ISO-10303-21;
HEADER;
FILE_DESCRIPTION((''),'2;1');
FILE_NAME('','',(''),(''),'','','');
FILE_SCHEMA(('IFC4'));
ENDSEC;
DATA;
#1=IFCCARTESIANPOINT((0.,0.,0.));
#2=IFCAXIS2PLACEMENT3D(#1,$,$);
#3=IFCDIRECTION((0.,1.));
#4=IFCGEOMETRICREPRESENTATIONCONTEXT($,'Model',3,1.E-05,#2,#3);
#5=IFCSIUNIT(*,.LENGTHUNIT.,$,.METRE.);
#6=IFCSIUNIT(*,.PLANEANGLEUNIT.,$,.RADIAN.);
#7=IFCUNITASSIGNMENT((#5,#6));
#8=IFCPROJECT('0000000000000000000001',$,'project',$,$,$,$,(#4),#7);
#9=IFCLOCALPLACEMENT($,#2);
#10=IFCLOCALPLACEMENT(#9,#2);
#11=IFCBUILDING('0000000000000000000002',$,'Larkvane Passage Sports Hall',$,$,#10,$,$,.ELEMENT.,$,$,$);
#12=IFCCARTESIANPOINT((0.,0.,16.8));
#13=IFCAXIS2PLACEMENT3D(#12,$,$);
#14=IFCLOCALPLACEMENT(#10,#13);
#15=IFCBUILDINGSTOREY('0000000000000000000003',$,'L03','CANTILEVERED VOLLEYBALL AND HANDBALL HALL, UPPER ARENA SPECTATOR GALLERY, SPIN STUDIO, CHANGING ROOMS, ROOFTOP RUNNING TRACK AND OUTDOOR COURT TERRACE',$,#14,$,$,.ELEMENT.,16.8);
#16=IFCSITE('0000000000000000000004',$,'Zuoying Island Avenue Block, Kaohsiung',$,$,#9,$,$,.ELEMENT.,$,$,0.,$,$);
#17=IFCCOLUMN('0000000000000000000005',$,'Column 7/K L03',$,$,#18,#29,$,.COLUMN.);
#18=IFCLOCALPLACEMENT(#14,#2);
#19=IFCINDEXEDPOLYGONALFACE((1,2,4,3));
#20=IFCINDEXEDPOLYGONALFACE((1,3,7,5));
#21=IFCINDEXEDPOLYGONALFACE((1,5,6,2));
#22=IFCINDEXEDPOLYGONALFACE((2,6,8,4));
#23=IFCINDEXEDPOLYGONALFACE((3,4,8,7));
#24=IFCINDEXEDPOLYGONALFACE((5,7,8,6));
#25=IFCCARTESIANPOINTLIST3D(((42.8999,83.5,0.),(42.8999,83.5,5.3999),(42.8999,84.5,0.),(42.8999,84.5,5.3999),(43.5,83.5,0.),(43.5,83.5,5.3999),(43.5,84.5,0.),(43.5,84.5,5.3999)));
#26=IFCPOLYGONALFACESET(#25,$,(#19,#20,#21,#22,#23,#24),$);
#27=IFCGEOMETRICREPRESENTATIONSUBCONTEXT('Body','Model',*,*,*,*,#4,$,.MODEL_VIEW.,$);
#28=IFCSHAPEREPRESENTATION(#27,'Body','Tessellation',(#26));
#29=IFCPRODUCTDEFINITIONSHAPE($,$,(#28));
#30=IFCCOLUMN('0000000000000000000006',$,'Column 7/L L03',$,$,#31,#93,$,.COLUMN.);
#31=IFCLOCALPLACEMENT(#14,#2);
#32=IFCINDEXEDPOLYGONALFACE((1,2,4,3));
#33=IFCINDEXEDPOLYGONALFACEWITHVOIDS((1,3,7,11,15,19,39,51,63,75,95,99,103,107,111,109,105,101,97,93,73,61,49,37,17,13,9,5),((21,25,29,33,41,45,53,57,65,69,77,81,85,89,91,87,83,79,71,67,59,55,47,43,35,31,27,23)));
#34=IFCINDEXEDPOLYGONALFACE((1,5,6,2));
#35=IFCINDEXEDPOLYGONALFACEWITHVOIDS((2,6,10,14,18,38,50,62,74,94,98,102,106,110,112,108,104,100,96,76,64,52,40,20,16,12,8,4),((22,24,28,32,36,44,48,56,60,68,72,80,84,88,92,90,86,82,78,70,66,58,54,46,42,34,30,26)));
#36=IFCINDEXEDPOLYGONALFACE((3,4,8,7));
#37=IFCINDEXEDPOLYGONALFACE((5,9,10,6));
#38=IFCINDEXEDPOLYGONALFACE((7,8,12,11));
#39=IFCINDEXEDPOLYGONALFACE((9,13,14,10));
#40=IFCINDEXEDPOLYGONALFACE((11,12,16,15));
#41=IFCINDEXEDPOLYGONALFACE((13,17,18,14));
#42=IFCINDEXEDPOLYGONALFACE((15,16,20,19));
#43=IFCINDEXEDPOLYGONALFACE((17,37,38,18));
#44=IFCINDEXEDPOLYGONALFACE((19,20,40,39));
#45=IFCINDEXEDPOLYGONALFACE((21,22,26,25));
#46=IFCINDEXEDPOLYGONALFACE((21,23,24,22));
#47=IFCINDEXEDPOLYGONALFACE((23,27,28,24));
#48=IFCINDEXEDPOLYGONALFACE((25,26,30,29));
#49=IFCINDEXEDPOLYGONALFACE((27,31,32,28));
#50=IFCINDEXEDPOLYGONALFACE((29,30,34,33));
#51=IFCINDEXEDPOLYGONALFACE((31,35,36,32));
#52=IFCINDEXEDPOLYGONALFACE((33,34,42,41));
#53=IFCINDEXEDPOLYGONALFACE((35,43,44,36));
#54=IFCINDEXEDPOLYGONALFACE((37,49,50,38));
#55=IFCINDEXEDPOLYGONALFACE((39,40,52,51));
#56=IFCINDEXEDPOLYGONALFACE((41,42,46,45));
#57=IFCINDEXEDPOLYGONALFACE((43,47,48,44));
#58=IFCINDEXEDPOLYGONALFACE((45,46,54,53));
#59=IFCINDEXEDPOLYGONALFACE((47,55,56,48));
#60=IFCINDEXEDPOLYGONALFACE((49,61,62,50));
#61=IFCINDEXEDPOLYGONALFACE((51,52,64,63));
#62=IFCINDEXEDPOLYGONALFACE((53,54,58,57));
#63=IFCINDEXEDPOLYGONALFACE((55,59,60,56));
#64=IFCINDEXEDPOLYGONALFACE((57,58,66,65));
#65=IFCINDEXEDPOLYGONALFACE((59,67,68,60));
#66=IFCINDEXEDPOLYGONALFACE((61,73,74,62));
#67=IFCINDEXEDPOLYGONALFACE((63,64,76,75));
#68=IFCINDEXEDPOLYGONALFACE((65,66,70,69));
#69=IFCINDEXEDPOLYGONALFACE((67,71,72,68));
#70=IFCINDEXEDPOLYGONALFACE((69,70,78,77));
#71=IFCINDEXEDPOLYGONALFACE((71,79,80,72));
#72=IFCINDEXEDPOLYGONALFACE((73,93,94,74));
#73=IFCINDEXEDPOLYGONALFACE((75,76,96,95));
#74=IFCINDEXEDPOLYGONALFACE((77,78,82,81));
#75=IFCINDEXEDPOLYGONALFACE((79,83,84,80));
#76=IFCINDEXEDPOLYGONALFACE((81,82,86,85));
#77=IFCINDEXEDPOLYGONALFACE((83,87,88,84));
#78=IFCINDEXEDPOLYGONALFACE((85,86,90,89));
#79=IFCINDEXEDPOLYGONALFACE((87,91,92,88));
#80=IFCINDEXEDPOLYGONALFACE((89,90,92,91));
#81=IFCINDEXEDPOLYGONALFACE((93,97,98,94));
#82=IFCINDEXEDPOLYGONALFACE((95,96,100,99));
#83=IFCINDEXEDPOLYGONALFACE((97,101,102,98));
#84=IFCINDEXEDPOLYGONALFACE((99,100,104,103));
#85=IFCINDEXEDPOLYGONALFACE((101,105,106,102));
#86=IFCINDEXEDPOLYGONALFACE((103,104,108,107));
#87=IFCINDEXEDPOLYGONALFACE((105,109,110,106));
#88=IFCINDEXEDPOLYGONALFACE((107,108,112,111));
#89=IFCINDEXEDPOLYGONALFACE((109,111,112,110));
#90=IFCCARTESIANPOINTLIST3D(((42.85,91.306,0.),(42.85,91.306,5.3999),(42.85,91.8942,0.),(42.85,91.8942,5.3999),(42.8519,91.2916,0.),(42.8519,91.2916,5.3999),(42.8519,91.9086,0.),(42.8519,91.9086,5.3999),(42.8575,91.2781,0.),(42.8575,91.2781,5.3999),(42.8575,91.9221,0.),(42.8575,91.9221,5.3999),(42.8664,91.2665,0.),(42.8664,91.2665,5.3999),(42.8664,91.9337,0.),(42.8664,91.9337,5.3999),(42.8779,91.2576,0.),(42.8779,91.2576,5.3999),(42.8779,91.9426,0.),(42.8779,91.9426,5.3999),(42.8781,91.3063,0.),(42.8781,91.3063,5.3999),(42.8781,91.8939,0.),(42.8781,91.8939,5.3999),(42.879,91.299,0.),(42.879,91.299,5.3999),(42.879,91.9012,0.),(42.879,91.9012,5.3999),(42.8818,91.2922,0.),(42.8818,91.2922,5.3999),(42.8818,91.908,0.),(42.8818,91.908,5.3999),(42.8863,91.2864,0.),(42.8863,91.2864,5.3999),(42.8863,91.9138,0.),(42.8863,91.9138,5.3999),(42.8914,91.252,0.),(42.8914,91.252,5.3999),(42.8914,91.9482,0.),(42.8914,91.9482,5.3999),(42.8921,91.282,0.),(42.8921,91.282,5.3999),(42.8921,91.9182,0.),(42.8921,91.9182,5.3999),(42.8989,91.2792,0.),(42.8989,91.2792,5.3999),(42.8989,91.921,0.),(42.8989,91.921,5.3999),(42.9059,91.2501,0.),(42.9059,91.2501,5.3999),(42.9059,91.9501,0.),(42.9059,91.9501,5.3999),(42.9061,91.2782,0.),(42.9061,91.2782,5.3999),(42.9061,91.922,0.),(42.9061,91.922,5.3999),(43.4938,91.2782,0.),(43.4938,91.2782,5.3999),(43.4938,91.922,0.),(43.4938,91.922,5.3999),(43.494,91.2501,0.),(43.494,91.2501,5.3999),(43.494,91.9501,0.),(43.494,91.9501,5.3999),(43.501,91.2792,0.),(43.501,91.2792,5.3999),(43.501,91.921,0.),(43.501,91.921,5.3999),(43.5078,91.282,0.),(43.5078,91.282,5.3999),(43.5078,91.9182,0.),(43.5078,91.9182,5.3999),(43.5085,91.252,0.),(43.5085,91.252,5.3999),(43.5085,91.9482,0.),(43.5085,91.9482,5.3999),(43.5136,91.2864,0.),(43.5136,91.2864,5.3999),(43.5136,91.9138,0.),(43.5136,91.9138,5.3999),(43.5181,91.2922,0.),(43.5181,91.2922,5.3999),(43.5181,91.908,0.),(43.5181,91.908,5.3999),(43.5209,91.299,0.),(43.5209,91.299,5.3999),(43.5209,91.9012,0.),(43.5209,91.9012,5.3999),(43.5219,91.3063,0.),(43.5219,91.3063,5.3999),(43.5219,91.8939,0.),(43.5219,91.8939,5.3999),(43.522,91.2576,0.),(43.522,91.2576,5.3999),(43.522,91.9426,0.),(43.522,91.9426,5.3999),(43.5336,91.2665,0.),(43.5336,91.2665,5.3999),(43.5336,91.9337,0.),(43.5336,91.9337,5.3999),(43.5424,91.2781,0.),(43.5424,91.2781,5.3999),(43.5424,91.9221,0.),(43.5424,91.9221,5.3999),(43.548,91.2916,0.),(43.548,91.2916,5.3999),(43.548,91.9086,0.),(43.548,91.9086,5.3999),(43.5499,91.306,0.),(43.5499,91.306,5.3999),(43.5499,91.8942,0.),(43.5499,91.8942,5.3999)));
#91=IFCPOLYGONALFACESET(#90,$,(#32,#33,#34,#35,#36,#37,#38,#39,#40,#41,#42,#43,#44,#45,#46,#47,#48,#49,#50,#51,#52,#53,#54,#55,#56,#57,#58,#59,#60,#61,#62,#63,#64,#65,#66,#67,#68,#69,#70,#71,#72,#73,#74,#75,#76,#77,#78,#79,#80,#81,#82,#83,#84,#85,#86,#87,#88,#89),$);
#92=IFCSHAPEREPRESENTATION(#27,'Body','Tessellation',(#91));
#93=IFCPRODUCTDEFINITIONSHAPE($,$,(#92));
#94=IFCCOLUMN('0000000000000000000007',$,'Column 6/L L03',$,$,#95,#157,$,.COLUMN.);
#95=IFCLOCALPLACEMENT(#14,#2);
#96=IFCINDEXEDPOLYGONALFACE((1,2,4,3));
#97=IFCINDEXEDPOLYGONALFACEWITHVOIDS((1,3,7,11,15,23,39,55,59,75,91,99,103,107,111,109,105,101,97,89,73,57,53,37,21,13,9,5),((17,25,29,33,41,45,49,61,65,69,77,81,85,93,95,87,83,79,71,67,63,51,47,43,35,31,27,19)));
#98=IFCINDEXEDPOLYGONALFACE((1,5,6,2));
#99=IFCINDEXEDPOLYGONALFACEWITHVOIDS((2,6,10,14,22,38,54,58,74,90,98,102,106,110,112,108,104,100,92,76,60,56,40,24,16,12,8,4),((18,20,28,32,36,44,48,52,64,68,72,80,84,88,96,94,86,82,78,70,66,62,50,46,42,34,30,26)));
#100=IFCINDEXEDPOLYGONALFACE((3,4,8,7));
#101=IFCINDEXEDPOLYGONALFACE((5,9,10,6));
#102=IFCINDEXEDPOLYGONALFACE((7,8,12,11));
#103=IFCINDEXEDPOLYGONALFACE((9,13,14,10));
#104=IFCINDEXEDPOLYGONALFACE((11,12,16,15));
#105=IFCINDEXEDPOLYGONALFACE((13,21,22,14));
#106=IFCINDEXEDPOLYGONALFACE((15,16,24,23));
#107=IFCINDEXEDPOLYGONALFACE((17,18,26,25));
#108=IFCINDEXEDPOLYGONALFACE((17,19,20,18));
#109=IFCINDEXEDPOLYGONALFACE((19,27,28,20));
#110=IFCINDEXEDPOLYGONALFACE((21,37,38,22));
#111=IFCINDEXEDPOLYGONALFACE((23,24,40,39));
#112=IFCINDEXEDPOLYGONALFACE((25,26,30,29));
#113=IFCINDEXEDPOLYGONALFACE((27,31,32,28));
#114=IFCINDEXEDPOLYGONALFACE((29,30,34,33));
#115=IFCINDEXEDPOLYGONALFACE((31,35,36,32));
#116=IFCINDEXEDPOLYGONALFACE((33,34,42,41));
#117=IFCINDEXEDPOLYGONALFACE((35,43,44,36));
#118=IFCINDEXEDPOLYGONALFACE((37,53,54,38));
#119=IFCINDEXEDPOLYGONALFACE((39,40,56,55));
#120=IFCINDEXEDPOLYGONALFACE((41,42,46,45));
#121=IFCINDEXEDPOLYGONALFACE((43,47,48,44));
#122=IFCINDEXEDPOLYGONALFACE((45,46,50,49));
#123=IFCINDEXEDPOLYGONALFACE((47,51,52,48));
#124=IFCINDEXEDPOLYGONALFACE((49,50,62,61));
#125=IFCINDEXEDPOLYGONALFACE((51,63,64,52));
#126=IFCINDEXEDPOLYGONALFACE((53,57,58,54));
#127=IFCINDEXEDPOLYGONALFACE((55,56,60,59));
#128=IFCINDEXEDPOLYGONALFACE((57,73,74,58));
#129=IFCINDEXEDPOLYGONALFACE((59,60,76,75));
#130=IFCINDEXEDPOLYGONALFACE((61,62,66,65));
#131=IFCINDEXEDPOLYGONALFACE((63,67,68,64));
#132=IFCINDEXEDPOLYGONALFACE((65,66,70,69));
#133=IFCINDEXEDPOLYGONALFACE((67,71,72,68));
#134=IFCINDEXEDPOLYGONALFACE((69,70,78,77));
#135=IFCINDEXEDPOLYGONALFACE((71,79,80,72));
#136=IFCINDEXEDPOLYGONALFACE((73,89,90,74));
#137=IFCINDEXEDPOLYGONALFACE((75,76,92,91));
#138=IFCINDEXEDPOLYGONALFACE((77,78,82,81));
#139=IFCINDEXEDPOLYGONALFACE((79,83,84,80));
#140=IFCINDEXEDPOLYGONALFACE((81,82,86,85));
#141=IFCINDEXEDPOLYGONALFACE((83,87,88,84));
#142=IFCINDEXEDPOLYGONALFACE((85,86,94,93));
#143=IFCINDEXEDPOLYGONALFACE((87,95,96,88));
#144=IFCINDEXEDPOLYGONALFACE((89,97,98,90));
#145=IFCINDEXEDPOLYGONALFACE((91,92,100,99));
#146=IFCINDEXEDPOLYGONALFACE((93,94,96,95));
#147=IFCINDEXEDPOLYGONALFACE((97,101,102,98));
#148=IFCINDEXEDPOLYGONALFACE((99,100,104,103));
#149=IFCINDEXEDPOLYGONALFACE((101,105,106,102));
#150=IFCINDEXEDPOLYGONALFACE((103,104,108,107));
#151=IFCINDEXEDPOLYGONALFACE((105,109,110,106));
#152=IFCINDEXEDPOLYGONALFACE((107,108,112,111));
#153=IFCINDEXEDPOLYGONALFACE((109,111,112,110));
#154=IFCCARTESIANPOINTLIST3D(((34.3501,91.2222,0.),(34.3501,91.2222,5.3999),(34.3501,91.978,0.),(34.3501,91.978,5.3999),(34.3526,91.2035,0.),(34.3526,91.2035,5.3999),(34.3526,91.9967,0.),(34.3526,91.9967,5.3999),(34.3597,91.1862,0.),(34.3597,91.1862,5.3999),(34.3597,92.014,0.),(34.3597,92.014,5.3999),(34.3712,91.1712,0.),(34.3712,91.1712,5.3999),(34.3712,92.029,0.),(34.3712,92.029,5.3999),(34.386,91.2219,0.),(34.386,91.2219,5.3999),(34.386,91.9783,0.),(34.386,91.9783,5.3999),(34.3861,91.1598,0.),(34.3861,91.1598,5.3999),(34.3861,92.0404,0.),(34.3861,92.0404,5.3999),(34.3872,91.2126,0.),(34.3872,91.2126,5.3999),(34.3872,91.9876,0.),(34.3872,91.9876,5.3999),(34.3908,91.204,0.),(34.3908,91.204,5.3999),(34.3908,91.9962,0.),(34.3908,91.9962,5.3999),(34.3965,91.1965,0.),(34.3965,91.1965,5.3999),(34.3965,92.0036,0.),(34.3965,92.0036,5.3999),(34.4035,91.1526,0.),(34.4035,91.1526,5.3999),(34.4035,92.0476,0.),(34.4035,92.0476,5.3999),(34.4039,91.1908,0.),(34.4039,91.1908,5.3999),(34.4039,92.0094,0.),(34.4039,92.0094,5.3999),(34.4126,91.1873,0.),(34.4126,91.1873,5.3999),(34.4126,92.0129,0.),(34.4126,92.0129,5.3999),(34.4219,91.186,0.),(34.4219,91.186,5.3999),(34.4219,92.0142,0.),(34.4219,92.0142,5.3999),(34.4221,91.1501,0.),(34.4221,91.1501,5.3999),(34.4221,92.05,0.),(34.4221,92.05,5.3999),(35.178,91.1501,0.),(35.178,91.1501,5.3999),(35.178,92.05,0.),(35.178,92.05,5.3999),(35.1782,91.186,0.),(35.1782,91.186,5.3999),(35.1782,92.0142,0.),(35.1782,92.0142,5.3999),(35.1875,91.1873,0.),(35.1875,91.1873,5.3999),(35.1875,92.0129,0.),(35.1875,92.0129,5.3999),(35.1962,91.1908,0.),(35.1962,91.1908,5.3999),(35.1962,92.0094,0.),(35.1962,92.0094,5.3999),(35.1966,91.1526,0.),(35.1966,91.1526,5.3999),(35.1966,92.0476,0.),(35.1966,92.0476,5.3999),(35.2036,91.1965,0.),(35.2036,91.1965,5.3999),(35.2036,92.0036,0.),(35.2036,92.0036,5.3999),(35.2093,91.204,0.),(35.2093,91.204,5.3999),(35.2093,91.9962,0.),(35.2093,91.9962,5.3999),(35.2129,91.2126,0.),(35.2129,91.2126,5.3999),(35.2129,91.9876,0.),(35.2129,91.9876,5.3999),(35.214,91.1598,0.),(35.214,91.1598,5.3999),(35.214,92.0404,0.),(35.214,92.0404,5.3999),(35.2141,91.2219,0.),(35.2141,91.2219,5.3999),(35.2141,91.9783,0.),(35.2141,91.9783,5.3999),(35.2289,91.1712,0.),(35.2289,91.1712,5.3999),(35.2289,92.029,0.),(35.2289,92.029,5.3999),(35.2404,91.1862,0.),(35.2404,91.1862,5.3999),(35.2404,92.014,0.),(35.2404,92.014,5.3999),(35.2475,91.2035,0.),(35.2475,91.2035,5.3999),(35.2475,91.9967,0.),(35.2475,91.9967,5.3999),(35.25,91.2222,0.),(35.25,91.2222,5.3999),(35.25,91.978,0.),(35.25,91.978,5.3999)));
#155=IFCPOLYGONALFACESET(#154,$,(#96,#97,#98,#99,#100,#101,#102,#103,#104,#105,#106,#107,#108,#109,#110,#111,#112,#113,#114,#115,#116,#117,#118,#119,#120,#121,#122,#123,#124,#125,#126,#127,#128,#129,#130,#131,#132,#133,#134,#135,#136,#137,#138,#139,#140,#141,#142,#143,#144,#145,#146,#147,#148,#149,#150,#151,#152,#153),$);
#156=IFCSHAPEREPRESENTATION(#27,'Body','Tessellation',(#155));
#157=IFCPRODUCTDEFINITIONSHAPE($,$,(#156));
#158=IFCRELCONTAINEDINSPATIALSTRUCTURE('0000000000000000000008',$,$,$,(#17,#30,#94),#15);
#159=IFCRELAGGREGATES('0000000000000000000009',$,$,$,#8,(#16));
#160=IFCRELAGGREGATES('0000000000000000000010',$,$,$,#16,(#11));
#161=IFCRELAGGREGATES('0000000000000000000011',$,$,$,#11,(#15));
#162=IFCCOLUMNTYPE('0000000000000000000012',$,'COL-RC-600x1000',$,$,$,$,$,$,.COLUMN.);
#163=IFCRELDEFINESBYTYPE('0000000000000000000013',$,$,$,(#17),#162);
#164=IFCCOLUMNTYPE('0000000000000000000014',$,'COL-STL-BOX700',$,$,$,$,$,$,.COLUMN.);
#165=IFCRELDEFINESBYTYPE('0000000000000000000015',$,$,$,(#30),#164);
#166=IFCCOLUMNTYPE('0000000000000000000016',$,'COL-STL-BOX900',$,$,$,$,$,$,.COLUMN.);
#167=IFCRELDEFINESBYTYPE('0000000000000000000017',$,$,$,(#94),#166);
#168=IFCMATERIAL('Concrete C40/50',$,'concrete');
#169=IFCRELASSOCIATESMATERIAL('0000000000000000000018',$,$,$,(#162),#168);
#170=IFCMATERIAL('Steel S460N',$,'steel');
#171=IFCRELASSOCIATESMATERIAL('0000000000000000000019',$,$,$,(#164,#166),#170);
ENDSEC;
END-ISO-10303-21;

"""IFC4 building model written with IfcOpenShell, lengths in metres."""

from ifc_helpers import new_model, si_unit, direction, frame, origin, origin_2d, place, context, subcontext, project, spatial, rectangle, hollow_rectangle, extrude, material, material_profile, profile_set, type_object, element, save


model = new_model("IFC4")

# Units and contexts
model_context = context("Model", 3, precision=1e-05, world=origin(), true_north=direction((0.0, 1.0)))
body_context = subcontext(model_context, "Body", "Model", "MODEL_VIEW")
ifc_project = project(units=[si_unit("LENGTHUNIT", "METRE"), si_unit("PLANEANGLEUNIT", "RADIAN")], contexts=[model_context])

# Site, building, storey
site_placement = place(None, origin())
site = spatial("IfcSite", under=ifc_project, at=site_placement, Name="Zuoying Island Avenue Block, Kaohsiung", CompositionType="ELEMENT", RefElevation=0.0)
building_placement = place(site_placement, origin())
building = spatial("IfcBuilding", under=site, at=building_placement, Name="Larkvane Passage Sports Hall", CompositionType="ELEMENT")
storey_placement = place(building_placement, frame((0.0, 0.0, 16.8)))
storey = spatial("IfcBuildingStorey", under=building, at=storey_placement, Name="L03", Description="CANTILEVERED VOLLEYBALL AND HANDBALL HALL, UPPER ARENA SPECTATOR GALLERY, SPIN STUDIO, CHANGING ROOMS, ROOFTOP RUNNING TRACK AND OUTDOOR COURT TERRACE", CompositionType="ELEMENT", Elevation=16.8)

# Columns
ifc_material_1 = material(Name="Concrete C40/50", Category="concrete")
ifc_material_profile_1 = material_profile(ifc_material_1, rectangle(XDim=0.6001, YDim=1.0, at=origin_2d()), Name="RC-COL-600x1000")
ifc_profile_set_1 = profile_set([ifc_material_profile_1], Name="Concrete C40/50")
column_type_1 = type_object("IfcColumnType", Name="COL-RC-600x1000", PredefinedType="COLUMN", material=ifc_profile_set_1)
column_1_placement = place(storey_placement, frame((43.2, 84.0, 0.0), z_axis=(0.0, 0.0, 1.0), x_axis=(1.0, 0.0, 0.0)))
element("IfcColumn", 1, at=column_1_placement, inside=storey, type_object=column_type_1, Name="Column 7/K L03", PredefinedType="COLUMN", context=body_context, shape_type="SweptSolid", body=[
    extrude(rectangle(XDim=0.6001, YDim=1.0, at=origin_2d()), origin(), (0.0, 0.0, 1.0), 5.3999),
])
ifc_material_2 = material(Name="Steel S460N", Category="steel")
ifc_material_profile_2 = material_profile(ifc_material_2, hollow_rectangle(XDim=0.7, YDim=0.7, WallThickness=0.0281, InnerFilletRadius=0.0281, OuterFilletRadius=0.0559, at=origin_2d()), Name="BOX-700x700x28")
ifc_profile_set_2 = profile_set([ifc_material_profile_2], Name="Steel S460N")
column_type_2 = type_object("IfcColumnType", Name="COL-STL-BOX700", PredefinedType="COLUMN", material=ifc_profile_set_2)
column_2_placement = place(storey_placement, frame((43.2, 91.6001, 0.0), z_axis=(0.0, 0.0, 1.0), x_axis=(1.0, 0.0, 0.0)))
element("IfcColumn", 2, at=column_2_placement, inside=storey, type_object=column_type_2, Name="Column 7/L L03", PredefinedType="COLUMN", context=body_context, shape_type="SweptSolid", body=[
    extrude(hollow_rectangle(XDim=0.7, YDim=0.7, WallThickness=0.0281, InnerFilletRadius=0.0281, OuterFilletRadius=0.0559, at=origin_2d()), origin(), (0.0, 0.0, 1.0), 5.3999),
])
ifc_material_profile_3 = material_profile(ifc_material_2, hollow_rectangle(XDim=0.8999, YDim=0.8999, WallThickness=0.0359, InnerFilletRadius=0.0359, OuterFilletRadius=0.072, at=origin_2d()), Name="BOX-900x900x36")
ifc_profile_set_3 = profile_set([ifc_material_profile_3], Name="Steel S460N")
column_type_3 = type_object("IfcColumnType", Name="COL-STL-BOX900", PredefinedType="COLUMN", material=ifc_profile_set_3)
column_3_placement = place(storey_placement, frame((34.8, 91.6001, 0.0), z_axis=(0.0, 0.0, 1.0), x_axis=(1.0, 0.0, 0.0)))
element("IfcColumn", 3, at=column_3_placement, inside=storey, type_object=column_type_3, Name="Column 6/L L03", PredefinedType="COLUMN", context=body_context, shape_type="SweptSolid", body=[
    extrude(hollow_rectangle(XDim=0.8999, YDim=0.8999, WallThickness=0.0359, InnerFilletRadius=0.0359, OuterFilletRadius=0.072, at=origin_2d()), origin(), (0.0, 0.0, 1.0), 5.3999),
])

save(model, "model.ifc")
